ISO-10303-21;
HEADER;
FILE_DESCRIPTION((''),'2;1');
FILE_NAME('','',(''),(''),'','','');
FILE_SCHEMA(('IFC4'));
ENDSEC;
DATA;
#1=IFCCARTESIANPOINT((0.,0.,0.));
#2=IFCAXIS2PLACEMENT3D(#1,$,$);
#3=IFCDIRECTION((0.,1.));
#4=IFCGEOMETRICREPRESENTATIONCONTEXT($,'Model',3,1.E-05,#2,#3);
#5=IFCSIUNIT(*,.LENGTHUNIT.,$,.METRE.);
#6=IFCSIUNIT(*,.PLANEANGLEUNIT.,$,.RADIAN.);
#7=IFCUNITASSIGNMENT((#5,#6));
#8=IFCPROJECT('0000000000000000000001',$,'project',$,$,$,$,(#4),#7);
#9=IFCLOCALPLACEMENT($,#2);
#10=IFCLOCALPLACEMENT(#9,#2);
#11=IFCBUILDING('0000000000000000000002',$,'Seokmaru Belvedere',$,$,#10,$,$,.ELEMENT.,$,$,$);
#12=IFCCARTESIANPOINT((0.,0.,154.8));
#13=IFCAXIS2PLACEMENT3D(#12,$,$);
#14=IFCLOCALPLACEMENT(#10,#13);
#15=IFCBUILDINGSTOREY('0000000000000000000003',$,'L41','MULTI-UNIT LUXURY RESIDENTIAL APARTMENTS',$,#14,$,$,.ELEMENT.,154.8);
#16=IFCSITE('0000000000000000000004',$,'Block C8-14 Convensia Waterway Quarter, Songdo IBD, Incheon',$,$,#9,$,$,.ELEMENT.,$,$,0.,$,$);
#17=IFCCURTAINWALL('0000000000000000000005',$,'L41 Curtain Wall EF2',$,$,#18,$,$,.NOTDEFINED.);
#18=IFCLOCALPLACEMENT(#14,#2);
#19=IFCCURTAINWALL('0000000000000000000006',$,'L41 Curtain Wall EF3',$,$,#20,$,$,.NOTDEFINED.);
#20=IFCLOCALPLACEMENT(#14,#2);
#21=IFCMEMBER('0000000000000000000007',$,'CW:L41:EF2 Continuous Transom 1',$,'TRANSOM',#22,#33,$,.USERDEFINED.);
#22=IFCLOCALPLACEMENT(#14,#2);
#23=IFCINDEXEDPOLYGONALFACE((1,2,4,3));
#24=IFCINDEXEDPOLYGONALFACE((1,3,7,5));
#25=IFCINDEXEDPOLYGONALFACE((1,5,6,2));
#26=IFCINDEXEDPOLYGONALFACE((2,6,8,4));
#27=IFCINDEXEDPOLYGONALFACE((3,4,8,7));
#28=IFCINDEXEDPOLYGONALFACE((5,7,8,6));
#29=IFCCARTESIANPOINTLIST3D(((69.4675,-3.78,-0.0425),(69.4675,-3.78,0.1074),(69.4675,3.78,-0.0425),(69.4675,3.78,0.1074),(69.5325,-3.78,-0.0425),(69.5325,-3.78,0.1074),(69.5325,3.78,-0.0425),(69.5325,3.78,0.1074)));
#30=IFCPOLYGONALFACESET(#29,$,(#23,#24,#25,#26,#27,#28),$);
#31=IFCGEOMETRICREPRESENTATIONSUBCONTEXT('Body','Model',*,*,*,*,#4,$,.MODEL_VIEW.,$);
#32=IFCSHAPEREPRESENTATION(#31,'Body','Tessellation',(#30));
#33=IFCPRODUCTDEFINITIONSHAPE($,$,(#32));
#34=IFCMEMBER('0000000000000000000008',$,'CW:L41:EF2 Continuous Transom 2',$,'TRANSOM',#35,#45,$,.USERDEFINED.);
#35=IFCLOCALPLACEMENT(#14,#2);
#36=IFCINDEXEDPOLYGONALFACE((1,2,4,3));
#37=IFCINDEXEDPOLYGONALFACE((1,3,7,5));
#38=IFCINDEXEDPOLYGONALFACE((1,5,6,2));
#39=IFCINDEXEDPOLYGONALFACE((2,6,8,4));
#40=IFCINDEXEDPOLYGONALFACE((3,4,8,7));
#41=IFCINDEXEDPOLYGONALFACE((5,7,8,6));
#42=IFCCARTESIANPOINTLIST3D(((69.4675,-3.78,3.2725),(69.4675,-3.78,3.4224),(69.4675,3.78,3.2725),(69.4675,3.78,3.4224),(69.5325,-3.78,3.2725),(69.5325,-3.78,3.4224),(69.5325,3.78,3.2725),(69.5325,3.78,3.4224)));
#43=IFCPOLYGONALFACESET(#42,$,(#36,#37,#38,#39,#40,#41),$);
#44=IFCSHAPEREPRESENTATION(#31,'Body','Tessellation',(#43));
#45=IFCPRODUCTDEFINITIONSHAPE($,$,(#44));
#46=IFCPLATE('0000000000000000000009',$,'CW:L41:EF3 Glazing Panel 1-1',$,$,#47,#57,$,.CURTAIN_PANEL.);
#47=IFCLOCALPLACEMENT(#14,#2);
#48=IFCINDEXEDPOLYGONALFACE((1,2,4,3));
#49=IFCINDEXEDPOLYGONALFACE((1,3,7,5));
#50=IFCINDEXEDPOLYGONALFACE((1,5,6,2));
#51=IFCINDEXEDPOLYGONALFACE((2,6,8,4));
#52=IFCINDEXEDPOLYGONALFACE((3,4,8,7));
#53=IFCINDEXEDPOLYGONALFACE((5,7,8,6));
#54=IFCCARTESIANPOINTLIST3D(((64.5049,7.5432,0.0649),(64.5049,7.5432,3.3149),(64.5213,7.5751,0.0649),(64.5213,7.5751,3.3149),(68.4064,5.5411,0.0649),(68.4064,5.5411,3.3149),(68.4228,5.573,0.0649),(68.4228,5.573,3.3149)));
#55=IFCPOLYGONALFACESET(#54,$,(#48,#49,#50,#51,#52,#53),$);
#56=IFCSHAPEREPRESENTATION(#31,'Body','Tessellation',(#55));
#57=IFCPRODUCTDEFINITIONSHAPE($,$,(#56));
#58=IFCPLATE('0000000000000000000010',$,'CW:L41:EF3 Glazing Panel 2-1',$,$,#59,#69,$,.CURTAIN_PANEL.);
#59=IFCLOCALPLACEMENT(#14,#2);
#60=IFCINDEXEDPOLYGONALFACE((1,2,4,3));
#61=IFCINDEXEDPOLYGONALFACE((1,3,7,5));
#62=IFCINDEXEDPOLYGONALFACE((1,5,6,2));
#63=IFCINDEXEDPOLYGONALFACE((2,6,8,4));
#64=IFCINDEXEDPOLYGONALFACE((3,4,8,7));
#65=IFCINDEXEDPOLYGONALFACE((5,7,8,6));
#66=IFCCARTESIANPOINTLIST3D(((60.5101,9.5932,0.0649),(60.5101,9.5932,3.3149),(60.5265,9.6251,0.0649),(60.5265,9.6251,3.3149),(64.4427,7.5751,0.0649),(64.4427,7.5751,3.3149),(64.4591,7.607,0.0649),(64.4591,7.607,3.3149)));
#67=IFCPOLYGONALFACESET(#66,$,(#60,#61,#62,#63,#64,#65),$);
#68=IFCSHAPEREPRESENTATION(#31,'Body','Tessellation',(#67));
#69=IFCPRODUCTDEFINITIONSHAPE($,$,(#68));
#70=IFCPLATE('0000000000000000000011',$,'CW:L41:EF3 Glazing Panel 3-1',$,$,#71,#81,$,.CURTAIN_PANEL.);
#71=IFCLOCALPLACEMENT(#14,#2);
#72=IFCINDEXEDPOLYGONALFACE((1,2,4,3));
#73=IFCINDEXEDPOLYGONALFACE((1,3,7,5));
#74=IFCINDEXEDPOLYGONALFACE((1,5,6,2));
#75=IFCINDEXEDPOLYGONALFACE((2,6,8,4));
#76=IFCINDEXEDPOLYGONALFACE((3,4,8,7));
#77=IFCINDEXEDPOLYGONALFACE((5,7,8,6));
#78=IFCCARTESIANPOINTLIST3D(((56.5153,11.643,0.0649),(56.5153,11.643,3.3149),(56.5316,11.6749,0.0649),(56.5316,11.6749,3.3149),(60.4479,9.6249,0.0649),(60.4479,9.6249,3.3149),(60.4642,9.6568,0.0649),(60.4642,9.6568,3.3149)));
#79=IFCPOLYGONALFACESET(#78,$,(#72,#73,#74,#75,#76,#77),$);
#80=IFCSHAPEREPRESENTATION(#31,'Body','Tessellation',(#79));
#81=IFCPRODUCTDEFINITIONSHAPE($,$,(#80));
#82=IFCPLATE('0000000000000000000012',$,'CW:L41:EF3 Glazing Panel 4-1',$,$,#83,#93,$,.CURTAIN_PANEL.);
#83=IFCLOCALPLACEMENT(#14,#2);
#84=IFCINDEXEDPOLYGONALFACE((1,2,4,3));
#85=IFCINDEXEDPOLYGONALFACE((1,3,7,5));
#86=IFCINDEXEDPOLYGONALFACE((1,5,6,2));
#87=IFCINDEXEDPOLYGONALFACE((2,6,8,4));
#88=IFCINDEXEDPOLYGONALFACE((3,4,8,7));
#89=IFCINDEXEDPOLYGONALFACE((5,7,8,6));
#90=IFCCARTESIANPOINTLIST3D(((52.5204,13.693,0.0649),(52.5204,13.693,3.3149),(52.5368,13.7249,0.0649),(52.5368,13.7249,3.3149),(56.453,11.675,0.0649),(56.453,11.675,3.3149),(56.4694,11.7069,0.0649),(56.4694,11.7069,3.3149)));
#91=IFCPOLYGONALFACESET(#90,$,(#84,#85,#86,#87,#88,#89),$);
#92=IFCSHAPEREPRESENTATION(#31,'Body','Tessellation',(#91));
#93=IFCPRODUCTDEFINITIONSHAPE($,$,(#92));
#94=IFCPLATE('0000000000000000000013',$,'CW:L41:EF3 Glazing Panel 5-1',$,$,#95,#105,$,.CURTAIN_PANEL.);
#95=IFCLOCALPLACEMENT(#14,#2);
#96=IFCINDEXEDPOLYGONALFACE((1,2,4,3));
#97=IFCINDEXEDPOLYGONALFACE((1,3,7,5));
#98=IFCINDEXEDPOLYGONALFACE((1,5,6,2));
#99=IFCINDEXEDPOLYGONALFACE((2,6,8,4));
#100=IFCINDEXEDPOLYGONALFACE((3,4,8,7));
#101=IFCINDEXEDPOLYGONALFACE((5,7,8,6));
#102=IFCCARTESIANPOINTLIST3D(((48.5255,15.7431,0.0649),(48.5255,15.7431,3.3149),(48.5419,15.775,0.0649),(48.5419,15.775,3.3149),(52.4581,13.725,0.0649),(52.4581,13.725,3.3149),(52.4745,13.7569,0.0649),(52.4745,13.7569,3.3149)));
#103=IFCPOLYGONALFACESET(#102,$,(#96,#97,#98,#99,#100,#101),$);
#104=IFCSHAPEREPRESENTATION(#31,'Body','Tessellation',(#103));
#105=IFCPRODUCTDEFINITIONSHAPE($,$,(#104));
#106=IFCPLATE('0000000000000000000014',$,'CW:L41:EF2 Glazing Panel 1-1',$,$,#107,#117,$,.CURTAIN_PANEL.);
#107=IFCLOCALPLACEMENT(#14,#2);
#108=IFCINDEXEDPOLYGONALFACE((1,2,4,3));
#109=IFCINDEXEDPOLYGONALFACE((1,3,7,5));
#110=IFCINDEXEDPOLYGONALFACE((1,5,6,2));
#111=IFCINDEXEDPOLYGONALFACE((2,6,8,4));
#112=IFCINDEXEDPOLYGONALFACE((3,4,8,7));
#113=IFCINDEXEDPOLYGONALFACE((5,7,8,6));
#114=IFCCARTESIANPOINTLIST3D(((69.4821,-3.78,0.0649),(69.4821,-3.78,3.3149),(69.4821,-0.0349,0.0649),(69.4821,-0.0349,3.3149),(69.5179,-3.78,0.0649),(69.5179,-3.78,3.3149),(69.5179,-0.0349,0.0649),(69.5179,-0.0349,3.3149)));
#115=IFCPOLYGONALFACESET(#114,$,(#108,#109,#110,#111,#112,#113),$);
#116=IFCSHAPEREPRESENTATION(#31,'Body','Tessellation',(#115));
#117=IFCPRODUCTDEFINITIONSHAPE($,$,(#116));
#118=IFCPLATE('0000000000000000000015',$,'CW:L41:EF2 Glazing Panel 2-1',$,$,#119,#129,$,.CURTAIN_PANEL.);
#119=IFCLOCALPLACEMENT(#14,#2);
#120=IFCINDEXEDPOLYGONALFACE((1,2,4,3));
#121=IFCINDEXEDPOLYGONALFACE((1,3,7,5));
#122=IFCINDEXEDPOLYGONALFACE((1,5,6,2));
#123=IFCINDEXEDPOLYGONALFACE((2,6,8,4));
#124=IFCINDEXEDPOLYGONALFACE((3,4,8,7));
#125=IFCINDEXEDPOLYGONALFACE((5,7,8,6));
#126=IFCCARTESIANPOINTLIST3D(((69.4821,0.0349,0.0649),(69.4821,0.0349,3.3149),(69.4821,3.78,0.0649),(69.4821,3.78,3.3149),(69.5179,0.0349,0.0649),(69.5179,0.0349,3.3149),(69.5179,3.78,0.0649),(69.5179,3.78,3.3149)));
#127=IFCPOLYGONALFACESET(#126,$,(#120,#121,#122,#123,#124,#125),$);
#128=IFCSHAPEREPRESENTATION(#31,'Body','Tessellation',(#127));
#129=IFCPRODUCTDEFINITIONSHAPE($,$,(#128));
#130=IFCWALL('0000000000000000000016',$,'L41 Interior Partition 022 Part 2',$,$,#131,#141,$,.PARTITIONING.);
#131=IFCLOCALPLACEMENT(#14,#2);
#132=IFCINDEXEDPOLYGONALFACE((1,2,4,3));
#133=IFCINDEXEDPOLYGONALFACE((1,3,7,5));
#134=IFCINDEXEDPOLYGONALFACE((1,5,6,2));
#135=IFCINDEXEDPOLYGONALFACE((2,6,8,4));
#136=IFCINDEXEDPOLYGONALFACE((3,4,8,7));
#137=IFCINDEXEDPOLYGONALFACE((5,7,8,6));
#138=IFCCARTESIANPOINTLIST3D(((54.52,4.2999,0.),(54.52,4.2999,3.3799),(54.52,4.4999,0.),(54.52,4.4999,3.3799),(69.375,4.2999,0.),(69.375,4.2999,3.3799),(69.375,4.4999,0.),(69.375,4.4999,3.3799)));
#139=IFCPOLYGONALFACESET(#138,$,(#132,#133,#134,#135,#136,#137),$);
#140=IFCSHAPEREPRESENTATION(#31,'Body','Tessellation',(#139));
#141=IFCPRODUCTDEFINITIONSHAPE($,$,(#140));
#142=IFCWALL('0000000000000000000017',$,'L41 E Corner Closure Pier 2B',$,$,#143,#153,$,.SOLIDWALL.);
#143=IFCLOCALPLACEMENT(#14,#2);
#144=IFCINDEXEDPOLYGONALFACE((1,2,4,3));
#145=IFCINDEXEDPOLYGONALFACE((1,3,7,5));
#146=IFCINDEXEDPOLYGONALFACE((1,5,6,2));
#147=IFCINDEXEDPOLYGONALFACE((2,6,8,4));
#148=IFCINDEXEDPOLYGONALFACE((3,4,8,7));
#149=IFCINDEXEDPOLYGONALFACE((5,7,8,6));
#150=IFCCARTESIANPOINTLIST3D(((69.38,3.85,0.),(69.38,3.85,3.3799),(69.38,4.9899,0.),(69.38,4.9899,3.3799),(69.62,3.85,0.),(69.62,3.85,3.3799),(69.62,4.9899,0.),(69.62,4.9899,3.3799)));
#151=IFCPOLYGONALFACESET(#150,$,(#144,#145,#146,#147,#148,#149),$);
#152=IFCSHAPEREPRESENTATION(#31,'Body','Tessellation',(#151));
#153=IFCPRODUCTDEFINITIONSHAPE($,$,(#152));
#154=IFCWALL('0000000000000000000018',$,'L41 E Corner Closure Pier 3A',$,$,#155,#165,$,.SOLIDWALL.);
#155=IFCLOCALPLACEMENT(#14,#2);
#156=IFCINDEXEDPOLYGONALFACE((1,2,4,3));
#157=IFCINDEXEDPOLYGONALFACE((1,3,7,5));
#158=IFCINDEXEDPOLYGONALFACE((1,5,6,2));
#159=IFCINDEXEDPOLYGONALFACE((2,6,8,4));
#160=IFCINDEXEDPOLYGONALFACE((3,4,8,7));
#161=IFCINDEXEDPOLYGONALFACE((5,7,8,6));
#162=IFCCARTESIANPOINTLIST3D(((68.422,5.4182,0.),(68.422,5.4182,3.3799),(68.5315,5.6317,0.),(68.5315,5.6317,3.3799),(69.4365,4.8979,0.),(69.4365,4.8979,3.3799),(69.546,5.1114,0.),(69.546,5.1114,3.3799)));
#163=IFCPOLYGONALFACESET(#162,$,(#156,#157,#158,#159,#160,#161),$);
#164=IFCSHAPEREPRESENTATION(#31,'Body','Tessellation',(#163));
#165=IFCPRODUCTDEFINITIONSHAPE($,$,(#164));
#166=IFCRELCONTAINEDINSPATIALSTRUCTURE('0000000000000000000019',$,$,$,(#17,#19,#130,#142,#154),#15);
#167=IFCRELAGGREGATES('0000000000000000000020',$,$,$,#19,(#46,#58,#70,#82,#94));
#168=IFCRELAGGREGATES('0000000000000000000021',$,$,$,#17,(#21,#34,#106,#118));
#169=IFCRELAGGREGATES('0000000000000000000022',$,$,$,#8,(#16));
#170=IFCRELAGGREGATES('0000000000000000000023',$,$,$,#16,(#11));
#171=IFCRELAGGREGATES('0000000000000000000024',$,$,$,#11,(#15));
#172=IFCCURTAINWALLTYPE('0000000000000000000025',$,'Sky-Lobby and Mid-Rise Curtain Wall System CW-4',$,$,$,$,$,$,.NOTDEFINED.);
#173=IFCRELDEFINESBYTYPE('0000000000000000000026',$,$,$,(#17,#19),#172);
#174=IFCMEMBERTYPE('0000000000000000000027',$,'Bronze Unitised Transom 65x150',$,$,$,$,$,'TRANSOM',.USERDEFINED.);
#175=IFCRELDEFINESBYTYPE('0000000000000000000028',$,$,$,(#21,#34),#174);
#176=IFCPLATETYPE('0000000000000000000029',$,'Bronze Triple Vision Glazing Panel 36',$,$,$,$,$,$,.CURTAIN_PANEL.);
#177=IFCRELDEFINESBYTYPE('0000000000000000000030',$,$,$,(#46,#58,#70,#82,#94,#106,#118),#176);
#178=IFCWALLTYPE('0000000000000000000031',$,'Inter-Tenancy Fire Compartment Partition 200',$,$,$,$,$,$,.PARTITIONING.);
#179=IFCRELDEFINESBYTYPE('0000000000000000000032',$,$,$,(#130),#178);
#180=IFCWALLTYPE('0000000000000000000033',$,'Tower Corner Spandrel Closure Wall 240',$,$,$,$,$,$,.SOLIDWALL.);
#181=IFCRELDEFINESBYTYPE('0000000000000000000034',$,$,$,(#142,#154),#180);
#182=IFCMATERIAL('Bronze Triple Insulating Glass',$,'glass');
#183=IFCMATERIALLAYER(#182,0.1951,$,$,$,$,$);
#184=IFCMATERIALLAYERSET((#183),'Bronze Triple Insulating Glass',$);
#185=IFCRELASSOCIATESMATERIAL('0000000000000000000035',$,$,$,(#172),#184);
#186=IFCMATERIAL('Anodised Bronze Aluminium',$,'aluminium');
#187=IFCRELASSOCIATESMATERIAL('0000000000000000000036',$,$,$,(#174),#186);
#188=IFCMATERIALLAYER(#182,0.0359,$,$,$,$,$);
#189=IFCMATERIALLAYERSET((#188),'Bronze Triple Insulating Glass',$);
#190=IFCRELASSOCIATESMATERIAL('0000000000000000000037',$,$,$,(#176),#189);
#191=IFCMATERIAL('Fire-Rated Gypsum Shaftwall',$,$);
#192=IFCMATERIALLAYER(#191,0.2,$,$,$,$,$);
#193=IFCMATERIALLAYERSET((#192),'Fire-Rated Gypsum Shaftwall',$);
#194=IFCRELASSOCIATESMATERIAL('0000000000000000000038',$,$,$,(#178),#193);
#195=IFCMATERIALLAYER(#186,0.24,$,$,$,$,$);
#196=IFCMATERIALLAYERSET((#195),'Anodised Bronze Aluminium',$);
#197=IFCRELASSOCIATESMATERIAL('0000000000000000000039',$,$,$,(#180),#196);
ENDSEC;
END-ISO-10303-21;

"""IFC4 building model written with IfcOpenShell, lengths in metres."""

from ifc_helpers import new_model, si_unit, direction, frame, frame_2d, origin, origin_2d, place, context, subcontext, project, spatial, rectangle, extrude, source, transform, mapped, material, layer, layer_set, material_profile, profile_set, type_object, type_shapes, element, aggregate, save


model = new_model("IFC4")

# Units and contexts
model_context = context("Model", 3, precision=1e-05, world=origin(), true_north=direction((0.0, 1.0)))
body_context = subcontext(model_context, "Body", "Model", "MODEL_VIEW")
ifc_project = project(units=[si_unit("LENGTHUNIT", "METRE"), si_unit("PLANEANGLEUNIT", "RADIAN")], contexts=[model_context])

# Site, building, storey
site_placement = place(None, origin())
site = spatial("IfcSite", under=ifc_project, at=site_placement, Name="Block C8-14 Convensia Waterway Quarter, Songdo IBD, Incheon", CompositionType="ELEMENT", RefElevation=0.0)
building_placement = place(site_placement, origin())
building = spatial("IfcBuilding", under=site, at=building_placement, Name="Seokmaru Belvedere", CompositionType="ELEMENT")
storey_placement = place(building_placement, frame((0.0, 0.0, 154.8)))
storey = spatial("IfcBuildingStorey", under=building, at=storey_placement, Name="L41", Description="MULTI-UNIT LUXURY RESIDENTIAL APARTMENTS", CompositionType="ELEMENT", Elevation=154.8)

# Curtain wall
ifc_material_1 = material(Name="Bronze Triple Insulating Glass", Category="glass")
ifc_layer_1 = layer(ifc_material_1, 0.1951)
ifc_layer_set_1 = layer_set([ifc_layer_1], Name="Bronze Triple Insulating Glass")
curtain_wall_type = type_object("IfcCurtainWallType", Name="Sky-Lobby and Mid-Rise Curtain Wall System CW-4", PredefinedType="NOTDEFINED", material=ifc_layer_set_1)
curtain_wall_1_placement = place(storey_placement, origin())
curtain_wall_1 = element("IfcCurtainWall", 1, at=curtain_wall_1_placement, inside=storey, type_object=curtain_wall_type, Name="L41 Curtain Wall EF2", PredefinedType="NOTDEFINED")
ifc_material_2 = material(Name="Anodised Bronze Aluminium", Category="aluminium")

# Curtain wall
curtain_wall_2_placement = place(storey_placement, origin())
curtain_wall_2 = element("IfcCurtainWall", 2, at=curtain_wall_2_placement, inside=storey, type_object=curtain_wall_type, Name="L41 Curtain Wall EF3", PredefinedType="NOTDEFINED")

# Members
ifc_material_profile_1 = material_profile(ifc_material_2, rectangle(XDim=0.0649, YDim=0.1499, at=origin_2d()), Name="CW-T-65x150")
ifc_profile_set_1 = profile_set([ifc_material_profile_1], Name="Anodised Bronze Aluminium")
member_type_1 = type_object("IfcMemberType", Name="Bronze Unitised Transom 65x150", ElementType="TRANSOM", PredefinedType="USERDEFINED", material=ifc_profile_set_1)
shared_shape_1 = source(origin(), body_context, "Body", "SweptSolid", [
    extrude(rectangle(XDim=0.0649, YDim=0.1499, at=origin_2d()), origin(), (0.0, 0.0, 1.0), 7.5601),
])
member_1_placement = place(storey_placement, frame((69.5, -3.78, 0.0325), z_axis=(0.0, 1.0, 0.0), x_axis=(-1.0, 0.0, 0.0)))
member_1 = element("IfcMember", 3, at=member_1_placement, type_object=member_type_1, Name="CW:L41:EF2 Continuous Transom 1", ObjectType="TRANSOM", PredefinedType="USERDEFINED", context=body_context, shape_type="MappedRepresentation", body=[
    mapped(shared_shape_1, transform((0.0, 0.0, 0.0), scale=1.0)),
])
member_2_placement = place(storey_placement, frame((69.5, -3.78, 3.3474), z_axis=(0.0, 1.0, 0.0), x_axis=(-1.0, 0.0, 0.0)))
member_2 = element("IfcMember", 4, at=member_2_placement, type_object=member_type_1, Name="CW:L41:EF2 Continuous Transom 2", ObjectType="TRANSOM", PredefinedType="USERDEFINED", context=body_context, shape_type="MappedRepresentation", body=[
    mapped(shared_shape_1, transform((0.0, 0.0, 0.0), scale=1.0)),
])

# Plates
ifc_layer_2 = layer(ifc_material_1, 0.0359)
ifc_layer_set_2 = layer_set([ifc_layer_2], Name="Bronze Triple Insulating Glass")
plate_type = type_object("IfcPlateType", Name="Bronze Triple Vision Glazing Panel 36", PredefinedType="CURTAIN_PANEL", material=ifc_layer_set_2)
shared_shape_2 = source(origin(), body_context, "Body", "SweptSolid", [
    extrude(rectangle(XDim=4.3853, YDim=0.0359, at=origin_2d()), origin(), (0.0, 0.0, 1.0), 3.25),
])
plate_1_placement = place(storey_placement, frame((66.4639, 6.5581, 0.0649), z_axis=(0.0, 0.0, 1.0), x_axis=(-0.889695, 0.456555, 0.0)))
plate_1 = element("IfcPlate", 5, at=plate_1_placement, type_object=plate_type, Name="CW:L41:EF3 Glazing Panel 1-1", PredefinedType="CURTAIN_PANEL", context=body_context, shape_type="MappedRepresentation", body=[
    mapped(shared_shape_2, transform((0.0, 0.0, 0.0), scale=1.0)),
])
shared_shape_3 = source(origin(), body_context, "Body", "SweptSolid", [
    extrude(rectangle(XDim=4.4202, YDim=0.0359, at=origin_2d()), origin(), (0.0, 0.0, 1.0), 3.25),
])
plate_2_placement = place(storey_placement, frame((62.4846, 8.6001, 0.0649), z_axis=(0.0, 0.0, 1.0), x_axis=(-0.889695, 0.456555, 0.0)))
plate_2 = element("IfcPlate", 6, at=plate_2_placement, type_object=plate_type, Name="CW:L41:EF3 Glazing Panel 2-1", PredefinedType="CURTAIN_PANEL", context=body_context, shape_type="MappedRepresentation", body=[
    mapped(shared_shape_3, transform((0.0, 0.0, 0.0), scale=1.0)),
])
plate_3_placement = place(storey_placement, frame((58.4897, 10.6499, 0.0649), z_axis=(0.0, 0.0, 1.0), x_axis=(-0.889695, 0.456555, 0.0)))
plate_3 = element("IfcPlate", 7, at=plate_3_placement, type_object=plate_type, Name="CW:L41:EF3 Glazing Panel 3-1", PredefinedType="CURTAIN_PANEL", context=body_context, shape_type="MappedRepresentation", body=[
    mapped(shared_shape_3, transform((0.0, 0.0, 0.0), scale=1.0)),
])
plate_4_placement = place(storey_placement, frame((54.4949, 12.7, 0.0649), z_axis=(0.0, 0.0, 1.0), x_axis=(-0.889695, 0.456555, 0.0)))
plate_4 = element("IfcPlate", 8, at=plate_4_placement, type_object=plate_type, Name="CW:L41:EF3 Glazing Panel 4-1", PredefinedType="CURTAIN_PANEL", context=body_context, shape_type="MappedRepresentation", body=[
    mapped(shared_shape_3, transform((0.0, 0.0, 0.0), scale=1.0)),
])
plate_5_placement = place(storey_placement, frame((50.5, 14.75, 0.0649), z_axis=(0.0, 0.0, 1.0), x_axis=(-0.889695, 0.456555, 0.0)))
plate_5 = element("IfcPlate", 9, at=plate_5_placement, type_object=plate_type, Name="CW:L41:EF3 Glazing Panel 5-1", PredefinedType="CURTAIN_PANEL", context=body_context, shape_type="MappedRepresentation", body=[
    mapped(shared_shape_3, transform((0.0, 0.0, 0.0), scale=1.0)),
])
aggregate(curtain_wall_2, [plate_1, plate_2, plate_3, plate_4, plate_5])
shared_shape_4 = source(origin(), body_context, "Body", "SweptSolid", [
    extrude(rectangle(XDim=3.7451, YDim=0.0359, at=origin_2d()), origin(), (0.0, 0.0, 1.0), 3.25),
])
type_shapes(plate_type, [shared_shape_2, shared_shape_3, shared_shape_4])
plate_6_placement = place(storey_placement, frame((69.5, -1.9075, 0.0649), z_axis=(0.0, 0.0, 1.0), x_axis=(0.0, 1.0, 0.0)))
plate_6 = element("IfcPlate", 10, at=plate_6_placement, type_object=plate_type, Name="CW:L41:EF2 Glazing Panel 1-1", PredefinedType="CURTAIN_PANEL", context=body_context, shape_type="MappedRepresentation", body=[
    mapped(shared_shape_4, transform((0.0, 0.0, 0.0), scale=1.0)),
])
plate_7_placement = place(storey_placement, frame((69.5, 1.9075, 0.0649), z_axis=(0.0, 0.0, 1.0), x_axis=(0.0, 1.0, 0.0)))
plate_7 = element("IfcPlate", 11, at=plate_7_placement, type_object=plate_type, Name="CW:L41:EF2 Glazing Panel 2-1", PredefinedType="CURTAIN_PANEL", context=body_context, shape_type="MappedRepresentation", body=[
    mapped(shared_shape_4, transform((0.0, 0.0, 0.0), scale=1.0)),
])
aggregate(curtain_wall_1, [member_1, member_2, plate_6, plate_7])

# Walls
ifc_material_3 = material(Name="Fire-Rated Gypsum Shaftwall")
ifc_layer_3 = layer(ifc_material_3, 0.2)
ifc_layer_set_3 = layer_set([ifc_layer_3], Name="Fire-Rated Gypsum Shaftwall")
wall_type_1 = type_object("IfcWallType", Name="Inter-Tenancy Fire Compartment Partition 200", PredefinedType="PARTITIONING", material=ifc_layer_set_3)
wall_1_placement = place(storey_placement, frame((54.52, 4.3999, 0.0), z_axis=(0.0, 0.0, 1.0), x_axis=(1.0, 0.0, 0.0)))
element("IfcWall", 12, at=wall_1_placement, inside=storey, type_object=wall_type_1, Name="L41 Interior Partition 022 Part 2", PredefinedType="PARTITIONING", context=body_context, shape_type="SweptSolid", body=[
    extrude(rectangle(XDim=14.855, YDim=0.2, at=frame_2d((7.4275, 0.0))), origin(), (0.0, 0.0, 1.0), 3.3799),
])
ifc_layer_4 = layer(ifc_material_2, 0.24)
ifc_layer_set_4 = layer_set([ifc_layer_4], Name="Anodised Bronze Aluminium")
wall_type_2 = type_object("IfcWallType", Name="Tower Corner Spandrel Closure Wall 240", PredefinedType="SOLIDWALL", material=ifc_layer_set_4)
wall_2_placement = place(storey_placement, frame((69.5, 3.8501, 0.0), z_axis=(0.0, 0.0, 1.0), x_axis=(0.0, 1.0, 0.0)))
element("IfcWall", 13, at=wall_2_placement, inside=storey, type_object=wall_type_2, Name="L41 E Corner Closure Pier 2B", PredefinedType="SOLIDWALL", context=body_context, shape_type="SweptSolid", body=[
    extrude(rectangle(XDim=1.1399, YDim=0.24, at=frame_2d((0.5698, 0.0))), origin(), (0.0, 0.0, 1.0), 3.3799),
])
wall_3_placement = place(storey_placement, frame((69.4912, 5.0046, 0.0), z_axis=(0.0, 0.0, 1.0), x_axis=(-0.889797, 0.456356, 0.0)))
element("IfcWall", 14, at=wall_3_placement, inside=storey, type_object=wall_type_2, Name="L41 E Corner Closure Pier 3A", PredefinedType="SOLIDWALL", context=body_context, shape_type="SweptSolid", body=[
    extrude(rectangle(XDim=1.1401, YDim=0.24, at=frame_2d((0.5701, 0.0))), origin(), (0.0, 0.0, 1.0), 3.3799),
])

save(model, "model.ifc")
